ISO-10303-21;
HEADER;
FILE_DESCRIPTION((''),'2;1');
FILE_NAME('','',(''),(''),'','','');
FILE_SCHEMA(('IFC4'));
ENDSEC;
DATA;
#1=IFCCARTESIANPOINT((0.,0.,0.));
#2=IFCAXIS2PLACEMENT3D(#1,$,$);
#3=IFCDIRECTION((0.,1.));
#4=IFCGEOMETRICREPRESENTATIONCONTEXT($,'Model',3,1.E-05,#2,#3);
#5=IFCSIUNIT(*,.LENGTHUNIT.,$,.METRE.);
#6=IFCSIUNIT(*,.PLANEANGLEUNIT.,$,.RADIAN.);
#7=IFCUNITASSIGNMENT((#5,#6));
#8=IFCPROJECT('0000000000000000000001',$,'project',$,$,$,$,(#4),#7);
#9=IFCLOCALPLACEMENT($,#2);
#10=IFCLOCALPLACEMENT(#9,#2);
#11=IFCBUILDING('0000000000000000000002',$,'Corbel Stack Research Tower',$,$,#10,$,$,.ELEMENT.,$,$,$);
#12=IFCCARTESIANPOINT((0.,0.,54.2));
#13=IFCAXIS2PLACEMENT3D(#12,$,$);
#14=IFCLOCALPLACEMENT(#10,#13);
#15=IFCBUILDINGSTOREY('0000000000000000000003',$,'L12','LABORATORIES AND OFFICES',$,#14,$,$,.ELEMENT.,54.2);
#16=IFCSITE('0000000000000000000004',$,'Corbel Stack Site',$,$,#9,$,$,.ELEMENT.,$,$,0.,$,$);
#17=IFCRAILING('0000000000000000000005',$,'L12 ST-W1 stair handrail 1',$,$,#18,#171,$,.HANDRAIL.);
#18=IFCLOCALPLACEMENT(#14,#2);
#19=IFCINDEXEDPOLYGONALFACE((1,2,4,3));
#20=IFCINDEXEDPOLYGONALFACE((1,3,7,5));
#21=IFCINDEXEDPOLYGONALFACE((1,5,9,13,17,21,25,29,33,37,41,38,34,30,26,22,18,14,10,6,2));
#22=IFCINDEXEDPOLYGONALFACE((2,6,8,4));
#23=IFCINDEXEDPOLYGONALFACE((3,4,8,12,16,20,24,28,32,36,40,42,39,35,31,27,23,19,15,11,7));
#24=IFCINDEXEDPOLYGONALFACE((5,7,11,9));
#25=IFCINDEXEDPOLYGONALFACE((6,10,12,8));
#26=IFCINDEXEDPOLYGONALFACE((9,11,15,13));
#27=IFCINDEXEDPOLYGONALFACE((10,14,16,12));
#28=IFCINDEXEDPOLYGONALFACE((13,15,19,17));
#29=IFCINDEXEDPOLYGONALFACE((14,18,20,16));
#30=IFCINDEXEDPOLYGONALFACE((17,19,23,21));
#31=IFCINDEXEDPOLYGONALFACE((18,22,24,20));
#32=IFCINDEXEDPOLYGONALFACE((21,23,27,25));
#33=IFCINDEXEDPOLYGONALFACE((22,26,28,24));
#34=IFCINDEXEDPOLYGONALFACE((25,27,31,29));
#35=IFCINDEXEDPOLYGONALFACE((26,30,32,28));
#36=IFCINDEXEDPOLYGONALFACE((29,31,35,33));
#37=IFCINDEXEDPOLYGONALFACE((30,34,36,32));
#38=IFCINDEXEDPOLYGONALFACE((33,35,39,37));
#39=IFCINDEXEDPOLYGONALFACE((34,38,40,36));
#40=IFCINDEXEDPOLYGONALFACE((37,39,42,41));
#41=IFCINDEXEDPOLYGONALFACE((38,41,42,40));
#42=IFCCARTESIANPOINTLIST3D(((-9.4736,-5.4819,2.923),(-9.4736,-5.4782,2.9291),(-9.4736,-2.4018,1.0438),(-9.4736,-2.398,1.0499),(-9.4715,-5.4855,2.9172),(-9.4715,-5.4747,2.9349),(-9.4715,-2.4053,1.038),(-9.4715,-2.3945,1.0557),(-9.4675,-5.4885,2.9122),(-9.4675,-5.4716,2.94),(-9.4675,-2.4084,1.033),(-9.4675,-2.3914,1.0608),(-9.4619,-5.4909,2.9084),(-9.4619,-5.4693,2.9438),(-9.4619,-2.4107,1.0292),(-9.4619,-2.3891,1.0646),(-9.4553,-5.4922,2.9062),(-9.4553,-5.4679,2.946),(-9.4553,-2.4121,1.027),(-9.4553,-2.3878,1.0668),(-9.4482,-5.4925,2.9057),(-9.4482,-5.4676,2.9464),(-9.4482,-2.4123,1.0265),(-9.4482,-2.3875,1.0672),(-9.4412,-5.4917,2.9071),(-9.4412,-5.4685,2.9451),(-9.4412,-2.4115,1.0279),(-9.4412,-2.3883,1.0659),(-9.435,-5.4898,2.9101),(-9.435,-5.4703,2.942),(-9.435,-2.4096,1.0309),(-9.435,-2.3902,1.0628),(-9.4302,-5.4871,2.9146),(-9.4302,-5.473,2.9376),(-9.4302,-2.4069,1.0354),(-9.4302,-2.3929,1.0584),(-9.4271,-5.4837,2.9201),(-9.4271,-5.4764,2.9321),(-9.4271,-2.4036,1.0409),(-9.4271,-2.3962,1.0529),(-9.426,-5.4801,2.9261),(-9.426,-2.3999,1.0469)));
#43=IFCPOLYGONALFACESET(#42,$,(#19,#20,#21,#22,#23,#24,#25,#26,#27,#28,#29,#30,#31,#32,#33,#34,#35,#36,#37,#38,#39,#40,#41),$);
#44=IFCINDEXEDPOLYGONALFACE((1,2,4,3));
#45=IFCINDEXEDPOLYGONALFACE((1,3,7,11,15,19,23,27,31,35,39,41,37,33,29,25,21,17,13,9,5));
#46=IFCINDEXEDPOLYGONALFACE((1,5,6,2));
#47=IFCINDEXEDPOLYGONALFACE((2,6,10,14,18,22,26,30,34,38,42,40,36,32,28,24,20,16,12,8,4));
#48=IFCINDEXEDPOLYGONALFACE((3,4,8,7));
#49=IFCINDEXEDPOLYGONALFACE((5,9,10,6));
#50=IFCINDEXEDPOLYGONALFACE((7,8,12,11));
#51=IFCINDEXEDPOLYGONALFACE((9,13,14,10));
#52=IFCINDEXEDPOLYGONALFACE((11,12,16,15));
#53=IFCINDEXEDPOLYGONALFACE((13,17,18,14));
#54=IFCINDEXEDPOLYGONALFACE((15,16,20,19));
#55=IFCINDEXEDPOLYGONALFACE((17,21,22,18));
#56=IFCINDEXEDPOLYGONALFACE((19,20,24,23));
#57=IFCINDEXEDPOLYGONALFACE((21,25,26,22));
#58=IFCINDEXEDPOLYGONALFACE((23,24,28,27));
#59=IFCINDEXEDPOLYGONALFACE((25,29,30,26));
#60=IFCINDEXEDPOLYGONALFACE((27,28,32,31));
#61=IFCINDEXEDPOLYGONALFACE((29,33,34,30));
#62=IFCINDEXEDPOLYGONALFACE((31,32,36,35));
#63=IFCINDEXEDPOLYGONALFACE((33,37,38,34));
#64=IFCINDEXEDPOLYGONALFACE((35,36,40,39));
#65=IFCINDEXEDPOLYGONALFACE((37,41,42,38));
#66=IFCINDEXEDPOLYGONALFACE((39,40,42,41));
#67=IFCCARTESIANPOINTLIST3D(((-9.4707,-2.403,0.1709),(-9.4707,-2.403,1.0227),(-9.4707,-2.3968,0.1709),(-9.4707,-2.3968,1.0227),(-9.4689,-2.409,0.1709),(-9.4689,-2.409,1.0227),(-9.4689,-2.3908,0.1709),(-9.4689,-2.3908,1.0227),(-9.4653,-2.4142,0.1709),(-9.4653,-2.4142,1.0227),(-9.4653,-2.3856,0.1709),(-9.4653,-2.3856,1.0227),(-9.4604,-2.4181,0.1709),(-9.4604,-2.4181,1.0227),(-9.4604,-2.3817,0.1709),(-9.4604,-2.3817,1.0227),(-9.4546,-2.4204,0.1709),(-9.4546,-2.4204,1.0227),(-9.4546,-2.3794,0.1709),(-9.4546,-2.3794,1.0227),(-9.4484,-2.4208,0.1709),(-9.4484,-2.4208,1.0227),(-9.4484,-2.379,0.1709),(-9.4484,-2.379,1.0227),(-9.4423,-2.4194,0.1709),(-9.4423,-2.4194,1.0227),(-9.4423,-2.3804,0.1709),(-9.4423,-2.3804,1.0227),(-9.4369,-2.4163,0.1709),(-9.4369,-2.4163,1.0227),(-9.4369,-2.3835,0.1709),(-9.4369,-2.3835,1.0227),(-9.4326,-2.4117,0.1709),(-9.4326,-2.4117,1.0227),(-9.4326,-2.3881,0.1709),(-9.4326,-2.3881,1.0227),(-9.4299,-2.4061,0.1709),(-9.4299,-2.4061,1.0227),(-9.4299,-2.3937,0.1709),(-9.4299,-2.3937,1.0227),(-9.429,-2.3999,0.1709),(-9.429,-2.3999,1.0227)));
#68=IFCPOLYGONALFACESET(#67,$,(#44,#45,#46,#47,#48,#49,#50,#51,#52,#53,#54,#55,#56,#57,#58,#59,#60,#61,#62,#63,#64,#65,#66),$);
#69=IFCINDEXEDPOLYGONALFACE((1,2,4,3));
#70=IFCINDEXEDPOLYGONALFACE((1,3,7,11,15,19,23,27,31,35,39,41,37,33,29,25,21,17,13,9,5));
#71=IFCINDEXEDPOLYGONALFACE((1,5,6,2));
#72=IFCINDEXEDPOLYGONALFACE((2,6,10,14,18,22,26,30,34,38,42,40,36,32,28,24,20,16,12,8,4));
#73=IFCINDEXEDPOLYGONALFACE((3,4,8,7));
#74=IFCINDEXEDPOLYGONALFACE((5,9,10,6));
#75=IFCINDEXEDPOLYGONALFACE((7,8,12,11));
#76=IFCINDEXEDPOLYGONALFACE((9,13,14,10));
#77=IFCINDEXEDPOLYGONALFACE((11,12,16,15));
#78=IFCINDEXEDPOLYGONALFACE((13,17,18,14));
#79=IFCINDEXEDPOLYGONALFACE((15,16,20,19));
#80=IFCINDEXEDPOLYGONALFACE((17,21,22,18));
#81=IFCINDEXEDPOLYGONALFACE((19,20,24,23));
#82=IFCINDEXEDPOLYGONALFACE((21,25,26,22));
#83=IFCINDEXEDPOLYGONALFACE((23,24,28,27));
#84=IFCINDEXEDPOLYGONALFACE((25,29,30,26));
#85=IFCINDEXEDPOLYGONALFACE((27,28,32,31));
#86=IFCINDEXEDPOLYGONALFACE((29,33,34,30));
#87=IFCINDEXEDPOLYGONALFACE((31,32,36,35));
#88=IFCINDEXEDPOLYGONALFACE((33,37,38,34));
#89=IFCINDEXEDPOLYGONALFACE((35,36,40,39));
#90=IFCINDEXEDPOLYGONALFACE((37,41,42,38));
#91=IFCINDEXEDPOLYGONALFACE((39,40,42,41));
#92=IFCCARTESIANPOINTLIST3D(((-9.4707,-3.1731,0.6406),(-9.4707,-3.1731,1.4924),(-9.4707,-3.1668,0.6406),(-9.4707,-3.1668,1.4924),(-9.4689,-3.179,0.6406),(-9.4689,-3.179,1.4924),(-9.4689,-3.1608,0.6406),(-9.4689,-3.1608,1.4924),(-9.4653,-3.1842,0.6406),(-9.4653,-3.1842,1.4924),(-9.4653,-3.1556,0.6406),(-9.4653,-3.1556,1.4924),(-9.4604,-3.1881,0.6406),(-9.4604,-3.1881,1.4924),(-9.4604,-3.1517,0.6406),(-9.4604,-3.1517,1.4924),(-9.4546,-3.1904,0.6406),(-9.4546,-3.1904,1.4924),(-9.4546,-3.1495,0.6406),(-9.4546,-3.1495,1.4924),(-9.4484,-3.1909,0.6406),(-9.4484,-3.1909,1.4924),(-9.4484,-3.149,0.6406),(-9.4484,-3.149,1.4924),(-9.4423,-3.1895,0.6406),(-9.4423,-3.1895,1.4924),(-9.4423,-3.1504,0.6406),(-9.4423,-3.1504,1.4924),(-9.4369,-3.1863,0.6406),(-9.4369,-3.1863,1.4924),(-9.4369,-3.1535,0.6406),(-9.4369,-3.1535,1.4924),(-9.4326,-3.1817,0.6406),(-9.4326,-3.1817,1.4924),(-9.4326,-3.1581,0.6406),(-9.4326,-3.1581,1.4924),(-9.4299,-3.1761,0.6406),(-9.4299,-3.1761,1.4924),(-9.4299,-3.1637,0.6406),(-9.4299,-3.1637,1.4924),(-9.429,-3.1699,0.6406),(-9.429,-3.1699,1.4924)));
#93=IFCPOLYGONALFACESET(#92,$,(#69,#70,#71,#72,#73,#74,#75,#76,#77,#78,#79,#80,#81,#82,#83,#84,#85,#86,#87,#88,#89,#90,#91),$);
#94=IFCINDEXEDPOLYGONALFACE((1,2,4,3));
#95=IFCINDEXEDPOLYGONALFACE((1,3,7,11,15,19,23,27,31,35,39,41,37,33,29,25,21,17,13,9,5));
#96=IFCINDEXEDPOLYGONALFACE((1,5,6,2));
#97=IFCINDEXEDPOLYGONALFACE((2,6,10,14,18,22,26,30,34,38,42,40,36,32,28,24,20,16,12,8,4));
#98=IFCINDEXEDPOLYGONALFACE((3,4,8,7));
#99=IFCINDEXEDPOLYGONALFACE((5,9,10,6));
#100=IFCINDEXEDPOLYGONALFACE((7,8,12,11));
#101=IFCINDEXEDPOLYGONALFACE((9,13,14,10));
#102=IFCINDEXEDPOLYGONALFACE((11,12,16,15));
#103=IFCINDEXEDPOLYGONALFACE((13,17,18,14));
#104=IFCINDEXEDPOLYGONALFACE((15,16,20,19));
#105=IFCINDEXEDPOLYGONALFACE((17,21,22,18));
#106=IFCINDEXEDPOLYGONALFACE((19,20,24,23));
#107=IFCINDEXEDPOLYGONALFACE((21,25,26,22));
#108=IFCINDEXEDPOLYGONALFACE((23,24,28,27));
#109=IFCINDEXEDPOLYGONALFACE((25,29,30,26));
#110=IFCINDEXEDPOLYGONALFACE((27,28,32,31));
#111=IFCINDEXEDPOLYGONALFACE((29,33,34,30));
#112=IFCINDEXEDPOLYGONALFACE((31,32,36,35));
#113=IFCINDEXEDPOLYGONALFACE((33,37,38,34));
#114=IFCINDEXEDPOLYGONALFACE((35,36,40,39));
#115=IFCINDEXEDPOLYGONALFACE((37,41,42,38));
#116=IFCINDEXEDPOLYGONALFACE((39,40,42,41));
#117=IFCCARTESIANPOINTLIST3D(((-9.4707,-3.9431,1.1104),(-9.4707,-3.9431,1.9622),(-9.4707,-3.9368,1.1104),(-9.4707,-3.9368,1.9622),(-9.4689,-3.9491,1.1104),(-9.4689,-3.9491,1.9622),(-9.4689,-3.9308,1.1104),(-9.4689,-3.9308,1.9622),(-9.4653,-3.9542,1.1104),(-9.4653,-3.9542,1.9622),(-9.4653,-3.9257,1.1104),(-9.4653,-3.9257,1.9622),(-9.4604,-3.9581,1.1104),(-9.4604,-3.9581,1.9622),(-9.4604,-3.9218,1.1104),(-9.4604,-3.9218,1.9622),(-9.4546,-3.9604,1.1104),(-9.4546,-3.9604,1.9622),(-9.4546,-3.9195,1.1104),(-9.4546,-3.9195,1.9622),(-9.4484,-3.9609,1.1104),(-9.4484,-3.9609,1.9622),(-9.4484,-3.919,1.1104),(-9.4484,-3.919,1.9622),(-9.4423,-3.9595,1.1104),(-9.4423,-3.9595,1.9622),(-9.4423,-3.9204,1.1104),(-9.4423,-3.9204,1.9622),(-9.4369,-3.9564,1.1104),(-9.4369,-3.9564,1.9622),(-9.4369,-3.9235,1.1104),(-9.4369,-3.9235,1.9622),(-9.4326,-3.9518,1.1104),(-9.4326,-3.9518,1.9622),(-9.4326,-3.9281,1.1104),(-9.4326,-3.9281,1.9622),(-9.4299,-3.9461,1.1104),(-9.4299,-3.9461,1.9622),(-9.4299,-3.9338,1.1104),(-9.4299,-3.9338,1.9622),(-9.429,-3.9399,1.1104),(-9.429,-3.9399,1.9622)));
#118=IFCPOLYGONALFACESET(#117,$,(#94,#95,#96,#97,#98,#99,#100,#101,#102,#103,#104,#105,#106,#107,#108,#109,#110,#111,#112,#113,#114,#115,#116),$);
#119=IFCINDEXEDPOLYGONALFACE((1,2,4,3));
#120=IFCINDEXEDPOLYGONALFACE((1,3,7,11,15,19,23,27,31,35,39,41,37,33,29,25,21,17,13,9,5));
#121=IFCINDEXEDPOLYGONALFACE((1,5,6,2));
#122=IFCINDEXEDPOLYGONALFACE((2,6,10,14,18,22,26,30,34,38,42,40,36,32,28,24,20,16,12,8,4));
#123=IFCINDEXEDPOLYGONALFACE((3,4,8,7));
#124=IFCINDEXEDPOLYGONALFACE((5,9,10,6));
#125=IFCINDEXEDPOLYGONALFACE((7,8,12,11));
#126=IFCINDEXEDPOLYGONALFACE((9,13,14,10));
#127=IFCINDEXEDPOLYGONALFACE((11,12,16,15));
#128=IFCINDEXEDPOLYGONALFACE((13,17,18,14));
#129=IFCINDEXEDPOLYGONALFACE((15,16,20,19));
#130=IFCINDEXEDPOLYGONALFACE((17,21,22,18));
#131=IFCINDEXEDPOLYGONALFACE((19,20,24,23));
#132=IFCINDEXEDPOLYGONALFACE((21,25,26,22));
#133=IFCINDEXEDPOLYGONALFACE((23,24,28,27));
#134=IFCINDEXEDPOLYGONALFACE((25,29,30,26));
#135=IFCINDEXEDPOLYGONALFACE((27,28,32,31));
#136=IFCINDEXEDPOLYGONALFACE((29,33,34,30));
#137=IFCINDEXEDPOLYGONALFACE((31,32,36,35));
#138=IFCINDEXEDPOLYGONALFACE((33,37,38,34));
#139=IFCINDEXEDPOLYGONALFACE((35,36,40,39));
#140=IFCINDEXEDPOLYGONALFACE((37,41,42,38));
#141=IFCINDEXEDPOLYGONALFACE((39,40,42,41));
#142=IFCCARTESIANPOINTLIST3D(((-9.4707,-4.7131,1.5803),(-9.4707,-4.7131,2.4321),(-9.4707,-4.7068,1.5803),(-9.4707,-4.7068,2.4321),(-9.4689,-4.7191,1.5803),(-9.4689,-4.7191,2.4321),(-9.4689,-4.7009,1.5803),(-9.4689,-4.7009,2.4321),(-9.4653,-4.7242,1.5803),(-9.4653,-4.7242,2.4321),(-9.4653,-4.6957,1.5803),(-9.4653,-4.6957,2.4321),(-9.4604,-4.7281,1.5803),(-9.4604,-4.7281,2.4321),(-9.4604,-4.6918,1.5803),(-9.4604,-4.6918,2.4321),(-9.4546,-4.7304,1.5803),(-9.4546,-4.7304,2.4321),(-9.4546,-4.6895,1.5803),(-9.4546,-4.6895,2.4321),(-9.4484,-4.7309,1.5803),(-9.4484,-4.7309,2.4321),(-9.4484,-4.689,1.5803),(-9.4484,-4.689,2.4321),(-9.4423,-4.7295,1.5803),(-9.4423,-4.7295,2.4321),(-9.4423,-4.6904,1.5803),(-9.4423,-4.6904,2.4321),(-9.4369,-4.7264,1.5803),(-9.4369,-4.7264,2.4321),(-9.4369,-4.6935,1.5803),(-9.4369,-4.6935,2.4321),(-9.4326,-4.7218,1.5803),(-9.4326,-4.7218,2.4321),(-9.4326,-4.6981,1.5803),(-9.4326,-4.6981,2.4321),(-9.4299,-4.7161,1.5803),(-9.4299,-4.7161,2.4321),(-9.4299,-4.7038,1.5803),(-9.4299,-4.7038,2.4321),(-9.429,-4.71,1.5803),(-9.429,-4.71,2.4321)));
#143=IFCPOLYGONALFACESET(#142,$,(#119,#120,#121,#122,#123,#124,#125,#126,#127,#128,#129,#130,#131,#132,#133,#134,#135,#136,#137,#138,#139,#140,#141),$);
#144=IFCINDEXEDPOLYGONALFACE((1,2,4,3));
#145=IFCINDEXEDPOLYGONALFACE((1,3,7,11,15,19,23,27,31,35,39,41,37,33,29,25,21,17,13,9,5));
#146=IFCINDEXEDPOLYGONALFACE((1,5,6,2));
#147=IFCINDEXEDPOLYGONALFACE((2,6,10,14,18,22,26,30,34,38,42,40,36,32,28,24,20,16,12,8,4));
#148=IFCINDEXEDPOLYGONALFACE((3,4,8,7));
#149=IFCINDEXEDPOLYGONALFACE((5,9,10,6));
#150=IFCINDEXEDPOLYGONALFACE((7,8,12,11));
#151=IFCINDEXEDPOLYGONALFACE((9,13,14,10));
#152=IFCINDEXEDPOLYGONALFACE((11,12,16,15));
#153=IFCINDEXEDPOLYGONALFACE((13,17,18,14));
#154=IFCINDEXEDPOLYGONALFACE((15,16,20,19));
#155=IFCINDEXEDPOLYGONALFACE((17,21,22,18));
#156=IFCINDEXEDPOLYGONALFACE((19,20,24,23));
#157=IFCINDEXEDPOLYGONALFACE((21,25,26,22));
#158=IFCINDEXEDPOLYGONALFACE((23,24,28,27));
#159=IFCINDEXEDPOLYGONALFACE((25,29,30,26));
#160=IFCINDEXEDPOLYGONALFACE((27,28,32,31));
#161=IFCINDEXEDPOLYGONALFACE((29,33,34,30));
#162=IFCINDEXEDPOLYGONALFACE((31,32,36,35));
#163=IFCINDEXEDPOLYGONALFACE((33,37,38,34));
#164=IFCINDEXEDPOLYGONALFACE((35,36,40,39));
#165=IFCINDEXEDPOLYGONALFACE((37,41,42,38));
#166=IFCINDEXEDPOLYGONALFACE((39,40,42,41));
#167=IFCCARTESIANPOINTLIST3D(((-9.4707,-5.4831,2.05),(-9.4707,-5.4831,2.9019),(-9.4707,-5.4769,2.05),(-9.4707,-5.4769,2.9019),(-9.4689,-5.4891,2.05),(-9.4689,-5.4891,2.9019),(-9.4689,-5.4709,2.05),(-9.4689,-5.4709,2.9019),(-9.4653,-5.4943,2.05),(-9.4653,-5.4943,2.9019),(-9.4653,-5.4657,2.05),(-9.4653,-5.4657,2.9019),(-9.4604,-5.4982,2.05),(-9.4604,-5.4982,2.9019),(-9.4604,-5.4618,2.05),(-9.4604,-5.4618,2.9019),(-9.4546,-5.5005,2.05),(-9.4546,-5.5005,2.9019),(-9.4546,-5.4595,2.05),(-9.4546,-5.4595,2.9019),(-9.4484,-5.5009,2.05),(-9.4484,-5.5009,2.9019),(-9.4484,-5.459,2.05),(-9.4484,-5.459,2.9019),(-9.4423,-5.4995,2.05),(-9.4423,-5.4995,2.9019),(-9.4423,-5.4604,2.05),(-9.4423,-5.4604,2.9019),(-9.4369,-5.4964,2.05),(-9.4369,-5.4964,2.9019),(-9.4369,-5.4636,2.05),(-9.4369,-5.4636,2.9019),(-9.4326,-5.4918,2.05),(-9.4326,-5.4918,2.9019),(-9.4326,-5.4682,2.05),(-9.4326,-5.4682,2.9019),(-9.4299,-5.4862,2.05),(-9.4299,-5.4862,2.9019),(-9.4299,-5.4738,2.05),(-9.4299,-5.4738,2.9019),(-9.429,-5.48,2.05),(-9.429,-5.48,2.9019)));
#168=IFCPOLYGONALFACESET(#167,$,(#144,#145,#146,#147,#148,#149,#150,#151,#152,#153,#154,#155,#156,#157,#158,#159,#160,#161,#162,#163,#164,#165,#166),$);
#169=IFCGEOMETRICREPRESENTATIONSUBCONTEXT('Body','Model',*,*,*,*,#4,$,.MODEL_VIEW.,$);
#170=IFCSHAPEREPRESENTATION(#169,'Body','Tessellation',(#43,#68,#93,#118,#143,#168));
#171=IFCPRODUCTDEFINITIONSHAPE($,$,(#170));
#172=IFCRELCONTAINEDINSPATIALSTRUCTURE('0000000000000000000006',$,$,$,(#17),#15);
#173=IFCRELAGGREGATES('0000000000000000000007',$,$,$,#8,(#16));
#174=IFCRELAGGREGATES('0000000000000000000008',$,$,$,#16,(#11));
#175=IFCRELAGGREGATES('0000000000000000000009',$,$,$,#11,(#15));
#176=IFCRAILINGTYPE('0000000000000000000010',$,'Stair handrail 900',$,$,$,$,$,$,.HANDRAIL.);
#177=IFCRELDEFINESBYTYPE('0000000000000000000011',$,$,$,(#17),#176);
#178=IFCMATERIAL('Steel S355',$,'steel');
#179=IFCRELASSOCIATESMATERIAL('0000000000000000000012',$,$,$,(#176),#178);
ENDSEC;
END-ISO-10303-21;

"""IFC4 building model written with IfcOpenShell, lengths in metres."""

from ifc_helpers import new_model, si_unit, direction, frame, origin, origin_2d, place, context, subcontext, project, spatial, circle, extrude, material, type_object, element, save


model = new_model("IFC4")

# Units and contexts
model_context = context("Model", 3, precision=1e-05, world=origin(), true_north=direction((0.0, 1.0)))
body_context = subcontext(model_context, "Body", "Model", "MODEL_VIEW")
ifc_project = project(units=[si_unit("LENGTHUNIT", "METRE"), si_unit("PLANEANGLEUNIT", "RADIAN")], contexts=[model_context])

# Site, building, storey
site_placement = place(None, origin())
site = spatial("IfcSite", under=ifc_project, at=site_placement, Name="Corbel Stack Site", CompositionType="ELEMENT", RefElevation=0.0)
building_placement = place(site_placement, origin())
building = spatial("IfcBuilding", under=site, at=building_placement, Name="Corbel Stack Research Tower", CompositionType="ELEMENT")
storey_placement = place(building_placement, frame((0.0, 0.0, 54.2)))
storey = spatial("IfcBuildingStorey", under=building, at=storey_placement, Name="L12", Description="LABORATORIES AND OFFICES", CompositionType="ELEMENT", Elevation=54.2)

# Railing
ifc_material_1 = material(Name="Steel S355", Category="steel")
railing_type_1 = type_object("IfcRailingType", Name="Stair handrail 900", PredefinedType="HANDRAIL", material=ifc_material_1)
railing_1_placement = place(storey_placement, frame((-9.45, -2.3999, 0.1709)))
element("IfcRailing", 1, at=railing_1_placement, inside=storey, type_object=railing_type_1, Name="L12 ST-W1 stair handrail 1", PredefinedType="HANDRAIL", context=body_context, shape_type="SweptSolid", body=[
    extrude(circle(Radius=0.0239, at=origin_2d()), frame((0.0, 0.0, 0.876), z_axis=(0.0, -0.853666, 0.52082), x_axis=(1.0, 0.0, 0.0)), (0.0, 0.0, 1.0), 3.6082),
    extrude(circle(Radius=0.021, at=origin_2d()), origin(), (0.0, 0.0, 1.0), 0.8518),
    extrude(circle(Radius=0.021, at=origin_2d()), frame((0.0, -0.77, 0.4697)), (0.0, 0.0, 1.0), 0.8518),
    extrude(circle(Radius=0.021, at=origin_2d()), frame((0.0, -1.54, 0.9395)), (0.0, 0.0, 1.0), 0.8518),
    extrude(circle(Radius=0.021, at=origin_2d()), frame((0.0, -2.3101, 1.4094)), (0.0, 0.0, 1.0), 0.8518),
    extrude(circle(Radius=0.021, at=origin_2d()), frame((0.0, -3.0801, 1.8792)), (0.0, 0.0, 1.0), 0.8518),
])

save(model, "model.ifc")
